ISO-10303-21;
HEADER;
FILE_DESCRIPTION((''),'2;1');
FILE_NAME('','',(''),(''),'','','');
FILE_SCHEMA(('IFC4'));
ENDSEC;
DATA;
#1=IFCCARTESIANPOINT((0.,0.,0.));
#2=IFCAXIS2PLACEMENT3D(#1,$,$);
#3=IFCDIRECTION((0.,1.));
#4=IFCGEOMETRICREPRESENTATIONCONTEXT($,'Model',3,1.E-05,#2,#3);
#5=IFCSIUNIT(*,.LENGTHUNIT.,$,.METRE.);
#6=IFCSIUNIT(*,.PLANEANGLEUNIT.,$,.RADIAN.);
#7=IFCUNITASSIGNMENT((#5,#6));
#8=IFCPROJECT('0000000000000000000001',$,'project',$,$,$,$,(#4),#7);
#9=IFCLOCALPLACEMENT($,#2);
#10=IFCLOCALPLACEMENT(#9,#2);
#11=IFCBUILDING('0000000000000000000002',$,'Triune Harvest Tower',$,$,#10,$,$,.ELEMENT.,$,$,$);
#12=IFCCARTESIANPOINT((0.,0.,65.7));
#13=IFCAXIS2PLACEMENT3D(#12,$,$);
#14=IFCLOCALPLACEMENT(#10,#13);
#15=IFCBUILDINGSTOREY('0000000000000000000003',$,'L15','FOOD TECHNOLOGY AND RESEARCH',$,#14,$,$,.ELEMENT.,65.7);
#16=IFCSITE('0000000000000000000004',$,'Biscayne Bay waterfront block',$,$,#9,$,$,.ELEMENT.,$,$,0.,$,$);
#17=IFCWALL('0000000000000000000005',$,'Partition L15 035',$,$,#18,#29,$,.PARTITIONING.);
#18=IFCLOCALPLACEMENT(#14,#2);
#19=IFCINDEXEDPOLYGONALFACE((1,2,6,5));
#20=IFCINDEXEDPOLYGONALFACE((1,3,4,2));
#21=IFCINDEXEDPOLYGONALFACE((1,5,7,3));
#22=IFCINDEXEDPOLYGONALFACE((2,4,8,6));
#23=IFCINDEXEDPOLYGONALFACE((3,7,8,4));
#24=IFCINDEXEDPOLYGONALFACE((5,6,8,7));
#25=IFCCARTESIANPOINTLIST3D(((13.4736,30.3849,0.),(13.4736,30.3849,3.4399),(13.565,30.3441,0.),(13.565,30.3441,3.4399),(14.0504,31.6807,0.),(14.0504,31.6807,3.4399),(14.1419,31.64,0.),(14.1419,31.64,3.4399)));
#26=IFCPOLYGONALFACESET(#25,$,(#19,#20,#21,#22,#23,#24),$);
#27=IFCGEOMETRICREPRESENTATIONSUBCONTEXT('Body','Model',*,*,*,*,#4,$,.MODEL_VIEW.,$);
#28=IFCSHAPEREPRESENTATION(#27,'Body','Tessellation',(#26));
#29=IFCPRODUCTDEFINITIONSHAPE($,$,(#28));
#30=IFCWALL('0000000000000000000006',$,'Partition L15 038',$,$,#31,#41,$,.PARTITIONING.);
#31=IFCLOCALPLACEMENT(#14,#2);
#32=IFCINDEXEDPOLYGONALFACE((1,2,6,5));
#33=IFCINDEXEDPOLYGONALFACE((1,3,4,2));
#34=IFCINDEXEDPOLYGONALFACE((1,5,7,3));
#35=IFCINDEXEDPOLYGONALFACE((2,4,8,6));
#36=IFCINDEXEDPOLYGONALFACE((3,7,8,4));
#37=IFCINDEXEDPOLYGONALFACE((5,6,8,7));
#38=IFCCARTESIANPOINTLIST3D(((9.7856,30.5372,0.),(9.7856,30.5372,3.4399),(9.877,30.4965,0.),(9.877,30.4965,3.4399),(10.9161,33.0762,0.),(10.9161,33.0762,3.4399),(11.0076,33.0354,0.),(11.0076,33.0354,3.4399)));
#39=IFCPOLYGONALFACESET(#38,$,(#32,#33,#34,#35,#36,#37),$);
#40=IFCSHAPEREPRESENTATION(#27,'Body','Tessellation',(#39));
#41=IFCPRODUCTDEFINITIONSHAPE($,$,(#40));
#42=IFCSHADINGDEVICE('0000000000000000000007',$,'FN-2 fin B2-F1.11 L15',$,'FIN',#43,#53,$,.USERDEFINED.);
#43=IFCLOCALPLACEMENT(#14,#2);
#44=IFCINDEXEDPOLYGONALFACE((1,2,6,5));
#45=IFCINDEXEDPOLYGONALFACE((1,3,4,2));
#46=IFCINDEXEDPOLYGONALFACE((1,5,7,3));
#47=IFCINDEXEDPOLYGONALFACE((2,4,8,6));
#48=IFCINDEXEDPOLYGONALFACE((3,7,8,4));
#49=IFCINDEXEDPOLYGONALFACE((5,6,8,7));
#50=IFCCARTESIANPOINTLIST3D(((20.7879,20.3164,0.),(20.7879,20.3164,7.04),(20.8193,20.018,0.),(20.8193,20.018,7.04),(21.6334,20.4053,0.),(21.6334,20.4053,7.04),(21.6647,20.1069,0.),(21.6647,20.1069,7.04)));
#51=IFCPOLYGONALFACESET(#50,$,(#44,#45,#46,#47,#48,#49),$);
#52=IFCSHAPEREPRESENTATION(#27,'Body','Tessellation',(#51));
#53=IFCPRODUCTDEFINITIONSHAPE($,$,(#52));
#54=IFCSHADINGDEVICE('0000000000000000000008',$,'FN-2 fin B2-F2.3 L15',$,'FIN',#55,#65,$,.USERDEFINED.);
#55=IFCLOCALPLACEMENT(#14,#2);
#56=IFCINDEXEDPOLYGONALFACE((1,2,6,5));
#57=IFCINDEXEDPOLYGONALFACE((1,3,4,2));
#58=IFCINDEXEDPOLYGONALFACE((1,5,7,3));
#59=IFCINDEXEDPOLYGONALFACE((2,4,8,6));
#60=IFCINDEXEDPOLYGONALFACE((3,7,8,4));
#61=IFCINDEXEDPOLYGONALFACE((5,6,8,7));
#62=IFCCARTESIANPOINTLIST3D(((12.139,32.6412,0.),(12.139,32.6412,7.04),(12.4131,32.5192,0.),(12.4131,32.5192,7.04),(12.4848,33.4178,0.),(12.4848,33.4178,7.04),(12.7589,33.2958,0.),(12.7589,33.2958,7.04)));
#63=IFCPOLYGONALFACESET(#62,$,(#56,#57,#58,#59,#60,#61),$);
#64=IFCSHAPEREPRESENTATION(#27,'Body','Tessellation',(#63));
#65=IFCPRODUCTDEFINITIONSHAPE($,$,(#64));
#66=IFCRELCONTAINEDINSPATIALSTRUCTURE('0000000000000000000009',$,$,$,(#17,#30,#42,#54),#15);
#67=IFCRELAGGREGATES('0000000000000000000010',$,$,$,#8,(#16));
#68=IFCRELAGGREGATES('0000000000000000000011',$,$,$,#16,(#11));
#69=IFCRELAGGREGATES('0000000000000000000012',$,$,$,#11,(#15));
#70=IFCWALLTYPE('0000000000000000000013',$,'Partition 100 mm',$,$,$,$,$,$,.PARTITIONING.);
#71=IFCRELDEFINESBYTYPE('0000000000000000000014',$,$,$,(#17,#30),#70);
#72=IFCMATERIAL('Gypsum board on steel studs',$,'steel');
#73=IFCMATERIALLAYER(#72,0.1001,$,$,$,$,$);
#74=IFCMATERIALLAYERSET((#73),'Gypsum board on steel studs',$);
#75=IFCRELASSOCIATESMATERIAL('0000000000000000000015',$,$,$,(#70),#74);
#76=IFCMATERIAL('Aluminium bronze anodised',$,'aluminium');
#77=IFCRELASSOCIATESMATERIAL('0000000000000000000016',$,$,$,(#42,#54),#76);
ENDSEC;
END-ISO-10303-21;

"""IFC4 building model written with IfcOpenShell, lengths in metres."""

from ifc_helpers import new_model, si_unit, direction, frame, frame_2d, origin, origin_2d, place, context, subcontext, project, spatial, rectangle, extrude, source, transform, mapped, material, layer, layer_set, type_object, element, save


model = new_model("IFC4")

# Units and contexts
model_context = context("Model", 3, precision=1e-05, world=origin(), true_north=direction((0.0, 1.0)))
body_context = subcontext(model_context, "Body", "Model", "MODEL_VIEW")
ifc_project = project(units=[si_unit("LENGTHUNIT", "METRE"), si_unit("PLANEANGLEUNIT", "RADIAN")], contexts=[model_context])

# Site, building, storey
site_placement = place(None, origin())
site = spatial("IfcSite", under=ifc_project, at=site_placement, Name="Biscayne Bay waterfront block", CompositionType="ELEMENT", RefElevation=0.0)
building_placement = place(site_placement, origin())
building = spatial("IfcBuilding", under=site, at=building_placement, Name="Triune Harvest Tower", CompositionType="ELEMENT")
storey_placement = place(building_placement, frame((0.0, 0.0, 65.7)))
storey = spatial("IfcBuildingStorey", under=building, at=storey_placement, Name="L15", Description="FOOD TECHNOLOGY AND RESEARCH", CompositionType="ELEMENT", Elevation=65.7)

# Walls
ifc_material_1 = material(Name="Gypsum board on steel studs", Category="steel")
ifc_layer_1 = layer(ifc_material_1, 0.1001)
ifc_layer_set_1 = layer_set([ifc_layer_1], Name="Gypsum board on steel studs")
wall_type = type_object("IfcWallType", Name="Partition 100 mm", PredefinedType="PARTITIONING", material=ifc_layer_set_1)
shared_shape_1 = source(origin(), body_context, "Body", "SweptSolid", [
    extrude(rectangle(XDim=1.4185, YDim=0.1001, at=frame_2d((0.7092, 0.0))), origin(), (0.0, 0.0, 1.0), 3.4399),
])
wall_1_placement = place(storey_placement, frame((13.5193, 30.3645, 0.0), z_axis=(0.0, 0.0, 1.0), x_axis=(0.406697, 0.913563, 0.0)))
element("IfcWall", 1, at=wall_1_placement, inside=storey, type_object=wall_type, Name="Partition L15 035", PredefinedType="PARTITIONING", context=body_context, shape_type="MappedRepresentation", body=[
    mapped(shared_shape_1, transform((0.0, 0.0, 0.0), scale=1.0)),
])
shared_shape_2 = source(origin(), body_context, "Body", "SweptSolid", [
    extrude(rectangle(XDim=2.7793, YDim=0.1001, at=frame_2d((1.3896, 0.0))), origin(), (0.0, 0.0, 1.0), 3.4399),
])
wall_2_placement = place(storey_placement, frame((9.8313, 30.5168, 0.0), z_axis=(0.0, 0.0, 1.0), x_axis=(0.406782, 0.913525, 0.0)))
element("IfcWall", 2, at=wall_2_placement, inside=storey, type_object=wall_type, Name="Partition L15 038", PredefinedType="PARTITIONING", context=body_context, shape_type="MappedRepresentation", body=[
    mapped(shared_shape_2, transform((0.0, 0.0, 0.0), scale=1.0)),
])

# Shading devices
ifc_material_2 = material(Name="Aluminium bronze anodised", Category="aluminium")
shared_shape_3 = source(origin(), body_context, "Body", "SweptSolid", [
    extrude(rectangle(XDim=0.3, YDim=0.8501, at=origin_2d()), origin(), (0.0, 0.0, 1.0), 7.04),
])
for number, where, z_axis, x_axis, name in (
    (3, (21.2263, 20.2117, 0.0), (0.0, 0.0, 1.0), (-0.104528, 0.994522, 0.0), "FN-2 fin B2-F1.11 L15"),
    (4, (12.449, 32.9685, 0.0), (0.0, 0.0, 1.0), (-0.913547, 0.406734, 0.0), "FN-2 fin B2-F2.3 L15"),
):
    element("IfcShadingDevice", number, at=place(storey_placement, frame(where, z_axis=z_axis, x_axis=x_axis)), inside=storey, material=ifc_material_2, Name=name, ObjectType="FIN", PredefinedType="USERDEFINED", context=body_context, shape_type="MappedRepresentation", body=[
        mapped(shared_shape_3, transform((0.0, 0.0, 0.0), scale=1.0)),
    ])

save(model, "model.ifc")
